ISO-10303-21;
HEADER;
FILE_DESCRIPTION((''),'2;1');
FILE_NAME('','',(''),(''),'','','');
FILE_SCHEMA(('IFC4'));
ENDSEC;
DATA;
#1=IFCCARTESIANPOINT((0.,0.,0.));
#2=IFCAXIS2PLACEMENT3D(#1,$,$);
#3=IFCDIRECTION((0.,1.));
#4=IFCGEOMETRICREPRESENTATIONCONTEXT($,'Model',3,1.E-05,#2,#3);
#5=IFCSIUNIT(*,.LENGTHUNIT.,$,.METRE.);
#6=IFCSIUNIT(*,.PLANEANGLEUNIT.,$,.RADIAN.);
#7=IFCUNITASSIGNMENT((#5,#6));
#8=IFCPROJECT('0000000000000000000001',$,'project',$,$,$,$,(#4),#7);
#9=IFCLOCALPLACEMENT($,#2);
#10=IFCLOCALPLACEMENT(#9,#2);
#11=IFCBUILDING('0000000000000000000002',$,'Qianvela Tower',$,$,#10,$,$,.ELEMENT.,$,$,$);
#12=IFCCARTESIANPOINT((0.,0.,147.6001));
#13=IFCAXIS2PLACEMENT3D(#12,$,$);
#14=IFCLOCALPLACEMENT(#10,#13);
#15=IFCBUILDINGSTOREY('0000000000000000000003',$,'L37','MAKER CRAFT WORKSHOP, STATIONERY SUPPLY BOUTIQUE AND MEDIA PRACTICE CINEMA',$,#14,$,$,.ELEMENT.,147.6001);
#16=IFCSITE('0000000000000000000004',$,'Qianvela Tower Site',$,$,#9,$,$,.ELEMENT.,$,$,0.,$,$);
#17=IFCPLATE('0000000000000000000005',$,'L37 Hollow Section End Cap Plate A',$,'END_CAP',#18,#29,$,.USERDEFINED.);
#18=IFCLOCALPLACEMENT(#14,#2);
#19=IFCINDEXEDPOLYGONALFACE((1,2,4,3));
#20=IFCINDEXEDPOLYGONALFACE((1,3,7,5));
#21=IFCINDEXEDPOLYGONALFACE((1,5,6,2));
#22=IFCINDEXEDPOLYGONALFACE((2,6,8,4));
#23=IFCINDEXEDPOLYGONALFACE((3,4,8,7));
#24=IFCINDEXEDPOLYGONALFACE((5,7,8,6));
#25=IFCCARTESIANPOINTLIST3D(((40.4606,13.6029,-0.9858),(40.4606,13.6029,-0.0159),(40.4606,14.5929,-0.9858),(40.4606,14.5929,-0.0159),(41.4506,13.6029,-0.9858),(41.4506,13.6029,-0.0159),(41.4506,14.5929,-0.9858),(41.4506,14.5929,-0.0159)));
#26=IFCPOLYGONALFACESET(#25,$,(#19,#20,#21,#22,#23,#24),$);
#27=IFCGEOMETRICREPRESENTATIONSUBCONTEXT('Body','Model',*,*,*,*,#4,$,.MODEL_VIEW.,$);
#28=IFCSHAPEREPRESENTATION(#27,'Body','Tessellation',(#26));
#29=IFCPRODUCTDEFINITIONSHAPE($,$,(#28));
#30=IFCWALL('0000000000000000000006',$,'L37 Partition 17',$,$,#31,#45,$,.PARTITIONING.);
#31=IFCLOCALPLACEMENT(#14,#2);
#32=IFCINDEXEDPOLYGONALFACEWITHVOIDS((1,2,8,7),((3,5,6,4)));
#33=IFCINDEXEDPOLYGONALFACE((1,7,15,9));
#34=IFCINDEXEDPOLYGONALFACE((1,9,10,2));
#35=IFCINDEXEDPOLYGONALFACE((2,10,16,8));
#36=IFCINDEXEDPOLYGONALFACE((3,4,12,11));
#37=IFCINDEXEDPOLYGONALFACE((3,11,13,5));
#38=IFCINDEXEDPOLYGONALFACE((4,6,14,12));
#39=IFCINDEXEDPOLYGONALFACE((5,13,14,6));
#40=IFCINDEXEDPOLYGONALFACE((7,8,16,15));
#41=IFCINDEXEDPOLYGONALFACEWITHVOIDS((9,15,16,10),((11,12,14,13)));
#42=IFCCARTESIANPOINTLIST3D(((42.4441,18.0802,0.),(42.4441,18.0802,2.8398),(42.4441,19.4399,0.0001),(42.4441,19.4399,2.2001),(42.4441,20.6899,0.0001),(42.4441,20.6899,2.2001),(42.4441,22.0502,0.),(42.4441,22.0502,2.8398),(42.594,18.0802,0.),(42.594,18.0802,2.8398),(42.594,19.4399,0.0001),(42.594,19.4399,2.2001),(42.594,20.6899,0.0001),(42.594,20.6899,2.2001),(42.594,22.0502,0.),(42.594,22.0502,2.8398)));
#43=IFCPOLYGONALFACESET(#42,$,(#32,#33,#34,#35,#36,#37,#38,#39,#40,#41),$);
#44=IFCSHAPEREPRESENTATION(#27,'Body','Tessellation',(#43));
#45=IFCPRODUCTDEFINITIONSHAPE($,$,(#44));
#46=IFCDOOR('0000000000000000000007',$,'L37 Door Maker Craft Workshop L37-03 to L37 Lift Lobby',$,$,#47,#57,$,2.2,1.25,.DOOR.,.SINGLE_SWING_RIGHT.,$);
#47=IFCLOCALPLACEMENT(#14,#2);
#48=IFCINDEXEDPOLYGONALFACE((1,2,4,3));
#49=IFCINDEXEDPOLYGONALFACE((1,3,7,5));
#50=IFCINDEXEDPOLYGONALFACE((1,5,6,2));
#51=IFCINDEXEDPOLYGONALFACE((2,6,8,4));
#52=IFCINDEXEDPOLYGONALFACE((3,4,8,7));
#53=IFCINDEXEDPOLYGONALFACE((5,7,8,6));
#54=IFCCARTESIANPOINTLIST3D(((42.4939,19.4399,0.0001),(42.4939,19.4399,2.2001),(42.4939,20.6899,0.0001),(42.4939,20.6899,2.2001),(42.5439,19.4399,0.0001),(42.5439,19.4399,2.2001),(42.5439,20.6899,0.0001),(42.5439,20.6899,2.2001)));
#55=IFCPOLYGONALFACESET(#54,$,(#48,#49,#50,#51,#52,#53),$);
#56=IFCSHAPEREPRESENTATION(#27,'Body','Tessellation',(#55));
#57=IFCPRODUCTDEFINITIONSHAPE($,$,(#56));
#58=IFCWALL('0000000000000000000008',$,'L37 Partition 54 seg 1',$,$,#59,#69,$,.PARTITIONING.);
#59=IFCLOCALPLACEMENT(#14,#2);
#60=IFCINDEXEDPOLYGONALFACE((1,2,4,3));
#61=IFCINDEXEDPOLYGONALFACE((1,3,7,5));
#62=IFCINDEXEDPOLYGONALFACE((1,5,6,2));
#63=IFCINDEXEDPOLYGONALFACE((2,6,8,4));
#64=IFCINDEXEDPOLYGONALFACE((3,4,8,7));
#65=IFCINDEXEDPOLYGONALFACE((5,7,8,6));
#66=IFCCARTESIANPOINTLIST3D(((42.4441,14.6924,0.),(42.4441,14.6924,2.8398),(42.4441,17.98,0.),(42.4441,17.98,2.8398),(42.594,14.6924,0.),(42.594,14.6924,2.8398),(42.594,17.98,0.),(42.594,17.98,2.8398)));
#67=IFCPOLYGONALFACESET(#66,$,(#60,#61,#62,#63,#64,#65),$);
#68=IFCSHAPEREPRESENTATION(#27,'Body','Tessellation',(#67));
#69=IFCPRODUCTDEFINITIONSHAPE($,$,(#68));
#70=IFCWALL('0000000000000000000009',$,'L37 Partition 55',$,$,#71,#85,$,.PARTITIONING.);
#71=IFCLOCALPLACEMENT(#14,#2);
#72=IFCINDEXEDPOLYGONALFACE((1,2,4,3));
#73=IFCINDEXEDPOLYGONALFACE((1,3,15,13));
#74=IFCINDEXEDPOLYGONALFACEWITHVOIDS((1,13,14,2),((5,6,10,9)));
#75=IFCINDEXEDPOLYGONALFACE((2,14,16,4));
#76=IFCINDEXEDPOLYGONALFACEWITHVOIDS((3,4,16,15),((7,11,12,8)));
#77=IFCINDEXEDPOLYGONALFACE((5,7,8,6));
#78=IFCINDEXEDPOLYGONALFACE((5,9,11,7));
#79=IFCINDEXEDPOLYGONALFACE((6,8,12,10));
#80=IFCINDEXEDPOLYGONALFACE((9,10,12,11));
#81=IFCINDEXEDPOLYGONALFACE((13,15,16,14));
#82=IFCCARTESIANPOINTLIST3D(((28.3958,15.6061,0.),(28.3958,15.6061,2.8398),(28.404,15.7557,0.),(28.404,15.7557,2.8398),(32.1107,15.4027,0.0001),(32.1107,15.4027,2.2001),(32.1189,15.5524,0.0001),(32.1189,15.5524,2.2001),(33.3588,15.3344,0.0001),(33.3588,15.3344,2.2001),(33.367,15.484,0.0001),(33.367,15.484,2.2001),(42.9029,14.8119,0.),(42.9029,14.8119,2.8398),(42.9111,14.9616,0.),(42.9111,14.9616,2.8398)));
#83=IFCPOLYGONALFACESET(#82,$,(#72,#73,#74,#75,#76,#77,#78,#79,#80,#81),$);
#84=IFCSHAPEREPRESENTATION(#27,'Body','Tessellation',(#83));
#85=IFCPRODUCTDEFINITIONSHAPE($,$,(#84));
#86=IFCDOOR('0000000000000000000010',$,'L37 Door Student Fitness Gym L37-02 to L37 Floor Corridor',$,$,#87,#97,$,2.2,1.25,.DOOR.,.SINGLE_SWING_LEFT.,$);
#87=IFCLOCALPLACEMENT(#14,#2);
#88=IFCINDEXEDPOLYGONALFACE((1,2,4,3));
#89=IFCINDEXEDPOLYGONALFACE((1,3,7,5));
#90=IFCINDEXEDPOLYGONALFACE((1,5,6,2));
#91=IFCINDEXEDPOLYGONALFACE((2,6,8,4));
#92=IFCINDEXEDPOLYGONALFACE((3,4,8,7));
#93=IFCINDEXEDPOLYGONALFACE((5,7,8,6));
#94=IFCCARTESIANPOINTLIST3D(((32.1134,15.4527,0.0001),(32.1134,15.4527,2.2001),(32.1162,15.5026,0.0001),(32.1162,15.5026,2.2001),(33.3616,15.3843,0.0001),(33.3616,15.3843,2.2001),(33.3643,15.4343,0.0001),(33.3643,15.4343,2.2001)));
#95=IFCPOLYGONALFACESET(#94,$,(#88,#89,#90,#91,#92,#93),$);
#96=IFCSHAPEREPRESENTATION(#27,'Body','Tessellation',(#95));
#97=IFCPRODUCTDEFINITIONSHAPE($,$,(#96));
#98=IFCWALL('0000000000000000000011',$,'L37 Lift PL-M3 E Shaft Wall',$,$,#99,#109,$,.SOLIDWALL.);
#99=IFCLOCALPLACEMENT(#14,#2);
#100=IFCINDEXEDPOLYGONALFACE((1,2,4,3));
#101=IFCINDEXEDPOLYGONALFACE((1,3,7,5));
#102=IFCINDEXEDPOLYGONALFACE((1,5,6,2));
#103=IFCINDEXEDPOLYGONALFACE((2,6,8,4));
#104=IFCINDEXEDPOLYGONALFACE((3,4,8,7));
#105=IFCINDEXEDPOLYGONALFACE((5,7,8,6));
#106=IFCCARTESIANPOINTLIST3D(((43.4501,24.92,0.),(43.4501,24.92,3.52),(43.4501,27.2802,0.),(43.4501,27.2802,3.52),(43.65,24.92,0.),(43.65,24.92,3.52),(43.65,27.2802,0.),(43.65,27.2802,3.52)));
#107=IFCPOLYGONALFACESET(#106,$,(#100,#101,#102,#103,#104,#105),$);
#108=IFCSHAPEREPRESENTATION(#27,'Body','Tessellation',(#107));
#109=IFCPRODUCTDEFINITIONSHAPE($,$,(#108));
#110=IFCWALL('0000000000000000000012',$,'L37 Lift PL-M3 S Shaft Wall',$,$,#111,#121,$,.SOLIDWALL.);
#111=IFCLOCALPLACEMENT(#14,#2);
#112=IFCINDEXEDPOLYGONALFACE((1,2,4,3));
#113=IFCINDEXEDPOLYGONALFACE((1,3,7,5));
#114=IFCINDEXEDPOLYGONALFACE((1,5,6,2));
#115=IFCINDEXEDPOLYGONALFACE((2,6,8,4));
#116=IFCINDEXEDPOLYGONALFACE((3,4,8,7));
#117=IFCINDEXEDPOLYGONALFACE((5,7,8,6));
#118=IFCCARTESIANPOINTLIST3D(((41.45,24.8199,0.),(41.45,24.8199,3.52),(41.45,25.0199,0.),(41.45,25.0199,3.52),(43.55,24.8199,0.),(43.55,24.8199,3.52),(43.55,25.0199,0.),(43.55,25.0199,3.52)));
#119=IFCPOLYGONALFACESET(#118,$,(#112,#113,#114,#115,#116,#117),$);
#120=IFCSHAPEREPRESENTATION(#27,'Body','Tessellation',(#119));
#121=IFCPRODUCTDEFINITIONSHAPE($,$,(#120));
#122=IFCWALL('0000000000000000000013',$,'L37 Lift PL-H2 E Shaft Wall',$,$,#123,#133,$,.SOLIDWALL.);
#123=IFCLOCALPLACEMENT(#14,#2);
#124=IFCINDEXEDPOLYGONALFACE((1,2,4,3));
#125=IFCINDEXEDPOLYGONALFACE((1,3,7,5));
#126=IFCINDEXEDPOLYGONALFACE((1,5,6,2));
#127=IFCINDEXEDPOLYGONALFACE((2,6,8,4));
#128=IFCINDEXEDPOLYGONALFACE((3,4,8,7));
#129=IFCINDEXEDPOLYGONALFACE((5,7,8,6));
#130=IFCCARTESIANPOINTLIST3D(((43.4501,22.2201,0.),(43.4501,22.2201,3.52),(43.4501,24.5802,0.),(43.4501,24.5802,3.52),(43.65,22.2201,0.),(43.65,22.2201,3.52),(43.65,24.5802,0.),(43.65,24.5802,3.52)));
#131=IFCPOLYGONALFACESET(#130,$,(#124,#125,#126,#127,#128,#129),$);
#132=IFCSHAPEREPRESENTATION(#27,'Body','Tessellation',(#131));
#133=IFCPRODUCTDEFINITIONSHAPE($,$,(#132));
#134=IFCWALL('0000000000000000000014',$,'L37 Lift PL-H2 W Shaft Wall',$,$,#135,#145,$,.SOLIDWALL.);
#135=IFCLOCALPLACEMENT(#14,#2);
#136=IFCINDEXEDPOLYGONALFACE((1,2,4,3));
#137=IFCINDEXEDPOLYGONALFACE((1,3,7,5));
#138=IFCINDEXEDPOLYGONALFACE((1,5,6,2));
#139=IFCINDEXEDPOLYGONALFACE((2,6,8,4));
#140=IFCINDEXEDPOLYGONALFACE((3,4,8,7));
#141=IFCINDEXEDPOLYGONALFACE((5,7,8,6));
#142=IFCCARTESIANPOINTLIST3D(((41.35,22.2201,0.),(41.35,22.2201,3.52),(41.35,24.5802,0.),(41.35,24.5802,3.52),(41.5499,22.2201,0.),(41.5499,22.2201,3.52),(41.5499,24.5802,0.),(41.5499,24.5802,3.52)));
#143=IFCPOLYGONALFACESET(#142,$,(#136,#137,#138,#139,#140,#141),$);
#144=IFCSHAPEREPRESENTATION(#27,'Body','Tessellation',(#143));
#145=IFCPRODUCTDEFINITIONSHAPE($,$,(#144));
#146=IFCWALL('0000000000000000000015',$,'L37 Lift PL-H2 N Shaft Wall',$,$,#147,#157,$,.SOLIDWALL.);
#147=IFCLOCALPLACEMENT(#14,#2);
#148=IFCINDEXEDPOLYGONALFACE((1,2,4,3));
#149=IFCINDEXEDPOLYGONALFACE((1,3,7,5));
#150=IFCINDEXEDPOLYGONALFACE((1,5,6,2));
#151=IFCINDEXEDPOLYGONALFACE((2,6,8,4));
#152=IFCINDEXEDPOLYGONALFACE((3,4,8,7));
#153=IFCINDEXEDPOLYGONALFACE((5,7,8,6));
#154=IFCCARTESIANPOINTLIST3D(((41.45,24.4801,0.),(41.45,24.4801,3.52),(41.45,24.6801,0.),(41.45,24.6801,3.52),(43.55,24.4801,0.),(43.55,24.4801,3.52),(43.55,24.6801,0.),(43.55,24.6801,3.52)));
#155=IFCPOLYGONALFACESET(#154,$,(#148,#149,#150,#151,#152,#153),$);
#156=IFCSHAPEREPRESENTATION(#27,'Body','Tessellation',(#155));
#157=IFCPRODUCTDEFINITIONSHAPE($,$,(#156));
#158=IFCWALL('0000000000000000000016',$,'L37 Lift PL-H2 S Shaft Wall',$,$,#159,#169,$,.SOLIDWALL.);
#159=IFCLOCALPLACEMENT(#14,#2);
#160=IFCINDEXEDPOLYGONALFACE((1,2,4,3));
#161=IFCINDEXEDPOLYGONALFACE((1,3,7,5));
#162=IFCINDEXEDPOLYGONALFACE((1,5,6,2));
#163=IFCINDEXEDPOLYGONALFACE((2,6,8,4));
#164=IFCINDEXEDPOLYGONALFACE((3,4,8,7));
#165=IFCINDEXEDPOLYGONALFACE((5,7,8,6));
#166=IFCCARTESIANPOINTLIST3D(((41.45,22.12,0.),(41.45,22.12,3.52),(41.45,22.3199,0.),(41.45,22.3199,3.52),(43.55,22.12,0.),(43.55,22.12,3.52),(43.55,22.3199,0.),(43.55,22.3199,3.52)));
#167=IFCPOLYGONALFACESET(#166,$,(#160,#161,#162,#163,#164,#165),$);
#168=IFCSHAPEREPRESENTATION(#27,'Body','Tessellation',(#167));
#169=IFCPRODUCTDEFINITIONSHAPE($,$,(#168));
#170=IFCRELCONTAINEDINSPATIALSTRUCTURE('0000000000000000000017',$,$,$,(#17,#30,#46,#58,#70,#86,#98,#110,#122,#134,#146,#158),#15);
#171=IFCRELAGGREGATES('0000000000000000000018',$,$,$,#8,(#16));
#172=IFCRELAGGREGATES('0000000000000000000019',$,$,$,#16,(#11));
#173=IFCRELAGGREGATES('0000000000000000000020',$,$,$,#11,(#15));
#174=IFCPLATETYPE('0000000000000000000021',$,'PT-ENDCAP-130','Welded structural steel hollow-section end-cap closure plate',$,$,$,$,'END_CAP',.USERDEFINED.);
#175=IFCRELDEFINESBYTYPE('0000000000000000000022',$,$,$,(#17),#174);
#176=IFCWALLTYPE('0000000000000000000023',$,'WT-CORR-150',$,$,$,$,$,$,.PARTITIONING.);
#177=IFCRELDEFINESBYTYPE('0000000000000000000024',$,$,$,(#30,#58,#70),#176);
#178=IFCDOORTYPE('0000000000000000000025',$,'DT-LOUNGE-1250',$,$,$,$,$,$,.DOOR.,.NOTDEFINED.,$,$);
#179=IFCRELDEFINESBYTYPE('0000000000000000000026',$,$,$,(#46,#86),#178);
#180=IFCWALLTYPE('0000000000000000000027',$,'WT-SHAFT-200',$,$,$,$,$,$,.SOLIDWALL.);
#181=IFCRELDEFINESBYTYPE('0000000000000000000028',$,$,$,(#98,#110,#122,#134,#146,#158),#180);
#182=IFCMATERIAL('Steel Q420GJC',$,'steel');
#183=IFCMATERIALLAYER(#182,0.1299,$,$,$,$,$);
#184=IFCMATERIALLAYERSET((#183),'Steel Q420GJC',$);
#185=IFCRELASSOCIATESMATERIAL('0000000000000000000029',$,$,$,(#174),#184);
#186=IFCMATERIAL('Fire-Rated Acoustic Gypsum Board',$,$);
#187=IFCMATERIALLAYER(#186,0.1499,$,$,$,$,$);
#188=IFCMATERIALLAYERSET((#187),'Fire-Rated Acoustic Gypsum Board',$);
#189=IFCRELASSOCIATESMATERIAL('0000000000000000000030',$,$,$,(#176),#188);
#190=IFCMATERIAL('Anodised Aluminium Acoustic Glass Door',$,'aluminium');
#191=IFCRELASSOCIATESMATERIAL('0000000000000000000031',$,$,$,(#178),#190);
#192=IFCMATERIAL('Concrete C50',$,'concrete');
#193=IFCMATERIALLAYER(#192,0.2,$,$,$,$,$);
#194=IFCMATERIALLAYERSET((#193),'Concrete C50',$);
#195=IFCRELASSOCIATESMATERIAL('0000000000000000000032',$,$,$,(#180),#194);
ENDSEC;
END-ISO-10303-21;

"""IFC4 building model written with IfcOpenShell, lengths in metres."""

from ifc_helpers import new_model, si_unit, direction, frame, frame_2d, origin, origin_2d, place, context, subcontext, project, spatial, rectangle, extrude, material, layer, layer_set, type_object, element, fill, save


model = new_model("IFC4")

# Units and contexts
model_context = context("Model", 3, precision=1e-05, world=origin(), true_north=direction((0.0, 1.0)))
body_context = subcontext(model_context, "Body", "Model", "MODEL_VIEW")
ifc_project = project(units=[si_unit("LENGTHUNIT", "METRE"), si_unit("PLANEANGLEUNIT", "RADIAN")], contexts=[model_context])

# Site, building, storey
site_placement = place(None, origin())
site = spatial("IfcSite", under=ifc_project, at=site_placement, Name="Qianvela Tower Site", CompositionType="ELEMENT", RefElevation=0.0)
building_placement = place(site_placement, origin())
building = spatial("IfcBuilding", under=site, at=building_placement, Name="Qianvela Tower", CompositionType="ELEMENT")
storey_placement = place(building_placement, frame((0.0, 0.0, 147.6001)))
storey = spatial("IfcBuildingStorey", under=building, at=storey_placement, Name="L37", Description="MAKER CRAFT WORKSHOP, STATIONERY SUPPLY BOUTIQUE AND MEDIA PRACTICE CINEMA", CompositionType="ELEMENT", Elevation=147.6001)

# Plate
ifc_material_1 = material(Name="Steel Q420GJC", Category="steel")
ifc_layer_1 = layer(ifc_material_1, 0.1299)
ifc_layer_set_1 = layer_set([ifc_layer_1], Name="Steel Q420GJC")
plate_type = type_object("IfcPlateType", Name="PT-ENDCAP-130", Description="Welded structural steel hollow-section end-cap closure plate", ElementType="END_CAP", PredefinedType="USERDEFINED", material=ifc_layer_set_1)
plate_placement = place(storey_placement, frame((40.9556, 14.0979, -0.9858), z_axis=(0.0, 0.0, 1.0), x_axis=(1.0, 0.0, 0.0)))
element("IfcPlate", 1, at=plate_placement, inside=storey, type_object=plate_type, Name="L37 Hollow Section End Cap Plate A", ObjectType="END_CAP", PredefinedType="USERDEFINED", context=body_context, shape_type="SweptSolid", body=[
    extrude(rectangle(XDim=0.99, YDim=0.99, at=origin_2d()), origin(), (0.0, 0.0, 1.0), 0.97),
])

# Wall, opening, door
ifc_material_2 = material(Name="Fire-Rated Acoustic Gypsum Board")
ifc_layer_2 = layer(ifc_material_2, 0.1499)
ifc_layer_set_2 = layer_set([ifc_layer_2], Name="Fire-Rated Acoustic Gypsum Board")
wall_type_1 = type_object("IfcWallType", Name="WT-CORR-150", PredefinedType="PARTITIONING", material=ifc_layer_set_2)
wall_1_placement = place(storey_placement, frame((42.519, 22.05, 0.0), z_axis=(0.0, 0.0, 1.0), x_axis=(0.0, -1.0, 0.0)))
wall_1 = element("IfcWall", 2, at=wall_1_placement, inside=storey, type_object=wall_type_1, Name="L37 Partition 17", PredefinedType="PARTITIONING", context=body_context, shape_type="SweptSolid", body=[
    extrude(rectangle(XDim=3.97, YDim=0.1499, at=frame_2d((1.9849, 0.0))), origin(), (0.0, 0.0, 1.0), 2.8398),
])
opening_1_placement = place(wall_1_placement, frame((1.3601, 0.0, 0.0)))
opening_1 = element("IfcOpeningElement", 3, at=opening_1_placement, cuts=wall_1, PredefinedType="OPENING", context=body_context, shape_type="SweptSolid", body=[
    extrude(rectangle(XDim=1.25, YDim=2.2, at=frame_2d((0.625, 1.1001))), frame((0.0, 0.085, 0.0), z_axis=(0.0, -1.0, 0.0), x_axis=(1.0, 0.0, 0.0)), (0.0, 0.0, 1.0), 0.1699),
])
ifc_material_3 = material(Name="Anodised Aluminium Acoustic Glass Door", Category="aluminium")
door_type_1 = type_object("IfcDoorType", Name="DT-LOUNGE-1250", OperationType="NOTDEFINED", PredefinedType="DOOR", material=ifc_material_3)
door_1_placement = place(opening_1_placement, origin())
door_1 = element("IfcDoor", 4, at=door_1_placement, inside=storey, type_object=door_type_1, Name="L37 Door Maker Craft Workshop L37-03 to L37 Lift Lobby", OperationType="SINGLE_SWING_RIGHT", OverallHeight=2.2, OverallWidth=1.25, PredefinedType="DOOR", context=body_context, shape_type="SweptSolid", body=[
    extrude(rectangle(XDim=1.25, YDim=2.2, at=frame_2d((0.625, 1.1001))), frame((0.0, 0.0249, 0.0), z_axis=(0.0, -1.0, 0.0), x_axis=(1.0, 0.0, 0.0)), (0.0, 0.0, 1.0), 0.05),
])
fill(opening_1, door_1)

# Wall
wall_2_placement = place(storey_placement, frame((42.519, 17.98, 0.0), z_axis=(0.0, 0.0, 1.0), x_axis=(0.0, -1.0, 0.0)))
element("IfcWall", 5, at=wall_2_placement, inside=storey, type_object=wall_type_1, Name="L37 Partition 54 seg 1", PredefinedType="PARTITIONING", context=body_context, shape_type="SweptSolid", body=[
    extrude(rectangle(XDim=3.2876, YDim=0.1499, at=frame_2d((1.6438, 0.0))), origin(), (0.0, 0.0, 1.0), 2.8398),
])

# Wall, opening, door
wall_3_placement = place(storey_placement, frame((42.907, 14.8867, 0.0), z_axis=(0.0, 0.0, 1.0), x_axis=(-0.998505, 0.054663, 0.0)))
wall_3 = element("IfcWall", 6, at=wall_3_placement, inside=storey, type_object=wall_type_1, Name="L37 Partition 55", PredefinedType="PARTITIONING", context=body_context, shape_type="SweptSolid", body=[
    extrude(rectangle(XDim=14.5288, YDim=0.1499, at=frame_2d((7.2644, 0.0))), origin(), (0.0, 0.0, 1.0), 2.8398),
])
opening_2_placement = place(wall_3_placement, frame((9.5583, 0.0, 0.0)))
opening_2 = element("IfcOpeningElement", 7, at=opening_2_placement, cuts=wall_3, PredefinedType="OPENING", context=body_context, shape_type="SweptSolid", body=[
    extrude(rectangle(XDim=1.25, YDim=2.2, at=frame_2d((0.625, 1.1001))), frame((0.0, 0.085, 0.0), z_axis=(0.0, -1.0, 0.0), x_axis=(1.0, 0.0, 0.0)), (0.0, 0.0, 1.0), 0.1699),
])
door_2_placement = place(opening_2_placement, origin())
door_2 = element("IfcDoor", 8, at=door_2_placement, inside=storey, type_object=door_type_1, Name="L37 Door Student Fitness Gym L37-02 to L37 Floor Corridor", OperationType="SINGLE_SWING_LEFT", OverallHeight=2.2, OverallWidth=1.25, PredefinedType="DOOR", context=body_context, shape_type="SweptSolid", body=[
    extrude(rectangle(XDim=1.25, YDim=2.2, at=frame_2d((0.625, 1.1001))), frame((0.0, 0.0249, 0.0), z_axis=(0.0, -1.0, 0.0), x_axis=(1.0, 0.0, 0.0)), (0.0, 0.0, 1.0), 0.05),
])
fill(opening_2, door_2)

# Wall
ifc_material_4 = material(Name="Concrete C50", Category="concrete")
ifc_layer_3 = layer(ifc_material_4, 0.2)
ifc_layer_set_3 = layer_set([ifc_layer_3], Name="Concrete C50")
wall_type_2 = type_object("IfcWallType", Name="WT-SHAFT-200", PredefinedType="SOLIDWALL", material=ifc_layer_set_3)
wall_4_placement = place(storey_placement, frame((43.55, 24.9199, 0.0), z_axis=(0.0, 0.0, 1.0), x_axis=(0.0, 1.0, 0.0)))
element("IfcWall", 9, at=wall_4_placement, inside=storey, type_object=wall_type_2, Name="L37 Lift PL-M3 E Shaft Wall", PredefinedType="SOLIDWALL", context=body_context, shape_type="SweptSolid", body=[
    extrude(rectangle(XDim=2.3601, YDim=0.2, at=frame_2d((1.1802, 0.0))), origin(), (0.0, 0.0, 1.0), 3.52),
])

# Walls
wall_5_placement = place(storey_placement, frame((41.45, 24.9199, 0.0), z_axis=(0.0, 0.0, 1.0), x_axis=(1.0, 0.0, 0.0)))
element("IfcWall", 10, at=wall_5_placement, inside=storey, type_object=wall_type_2, Name="L37 Lift PL-M3 S Shaft Wall", PredefinedType="SOLIDWALL", context=body_context, shape_type="SweptSolid", body=[
    extrude(rectangle(XDim=2.1001, YDim=0.2, at=frame_2d((1.05, 0.0))), origin(), (0.0, 0.0, 1.0), 3.52),
])
for number, where, z_axis, x_axis, name in (
    (11, (43.55, 22.22, 0.0), (0.0, 0.0, 1.0), (0.0, 1.0, 0.0), "L37 Lift PL-H2 E Shaft Wall"),
    (12, (41.45, 22.22, 0.0), (0.0, 0.0, 1.0), (0.0, 1.0, 0.0), "L37 Lift PL-H2 W Shaft Wall"),
):
    element("IfcWall", number, at=place(storey_placement, frame(where, z_axis=z_axis, x_axis=x_axis)), inside=storey, type_object=wall_type_2, Name=name, PredefinedType="SOLIDWALL", context=body_context, shape_type="SweptSolid", body=[
        extrude(rectangle(XDim=2.3601, YDim=0.2, at=frame_2d((1.1802, 0.0))), origin(), (0.0, 0.0, 1.0), 3.52),
    ])
for number, where, z_axis, x_axis, name in (
    (13, (41.45, 24.5801, 0.0), (0.0, 0.0, 1.0), (1.0, 0.0, 0.0), "L37 Lift PL-H2 N Shaft Wall"),
    (14, (41.45, 22.22, 0.0), (0.0, 0.0, 1.0), (1.0, 0.0, 0.0), "L37 Lift PL-H2 S Shaft Wall"),
):
    element("IfcWall", number, at=place(storey_placement, frame(where, z_axis=z_axis, x_axis=x_axis)), inside=storey, type_object=wall_type_2, Name=name, PredefinedType="SOLIDWALL", context=body_context, shape_type="SweptSolid", body=[
        extrude(rectangle(XDim=2.1001, YDim=0.2, at=frame_2d((1.05, 0.0))), origin(), (0.0, 0.0, 1.0), 3.52),
    ])

save(model, "model.ifc")
